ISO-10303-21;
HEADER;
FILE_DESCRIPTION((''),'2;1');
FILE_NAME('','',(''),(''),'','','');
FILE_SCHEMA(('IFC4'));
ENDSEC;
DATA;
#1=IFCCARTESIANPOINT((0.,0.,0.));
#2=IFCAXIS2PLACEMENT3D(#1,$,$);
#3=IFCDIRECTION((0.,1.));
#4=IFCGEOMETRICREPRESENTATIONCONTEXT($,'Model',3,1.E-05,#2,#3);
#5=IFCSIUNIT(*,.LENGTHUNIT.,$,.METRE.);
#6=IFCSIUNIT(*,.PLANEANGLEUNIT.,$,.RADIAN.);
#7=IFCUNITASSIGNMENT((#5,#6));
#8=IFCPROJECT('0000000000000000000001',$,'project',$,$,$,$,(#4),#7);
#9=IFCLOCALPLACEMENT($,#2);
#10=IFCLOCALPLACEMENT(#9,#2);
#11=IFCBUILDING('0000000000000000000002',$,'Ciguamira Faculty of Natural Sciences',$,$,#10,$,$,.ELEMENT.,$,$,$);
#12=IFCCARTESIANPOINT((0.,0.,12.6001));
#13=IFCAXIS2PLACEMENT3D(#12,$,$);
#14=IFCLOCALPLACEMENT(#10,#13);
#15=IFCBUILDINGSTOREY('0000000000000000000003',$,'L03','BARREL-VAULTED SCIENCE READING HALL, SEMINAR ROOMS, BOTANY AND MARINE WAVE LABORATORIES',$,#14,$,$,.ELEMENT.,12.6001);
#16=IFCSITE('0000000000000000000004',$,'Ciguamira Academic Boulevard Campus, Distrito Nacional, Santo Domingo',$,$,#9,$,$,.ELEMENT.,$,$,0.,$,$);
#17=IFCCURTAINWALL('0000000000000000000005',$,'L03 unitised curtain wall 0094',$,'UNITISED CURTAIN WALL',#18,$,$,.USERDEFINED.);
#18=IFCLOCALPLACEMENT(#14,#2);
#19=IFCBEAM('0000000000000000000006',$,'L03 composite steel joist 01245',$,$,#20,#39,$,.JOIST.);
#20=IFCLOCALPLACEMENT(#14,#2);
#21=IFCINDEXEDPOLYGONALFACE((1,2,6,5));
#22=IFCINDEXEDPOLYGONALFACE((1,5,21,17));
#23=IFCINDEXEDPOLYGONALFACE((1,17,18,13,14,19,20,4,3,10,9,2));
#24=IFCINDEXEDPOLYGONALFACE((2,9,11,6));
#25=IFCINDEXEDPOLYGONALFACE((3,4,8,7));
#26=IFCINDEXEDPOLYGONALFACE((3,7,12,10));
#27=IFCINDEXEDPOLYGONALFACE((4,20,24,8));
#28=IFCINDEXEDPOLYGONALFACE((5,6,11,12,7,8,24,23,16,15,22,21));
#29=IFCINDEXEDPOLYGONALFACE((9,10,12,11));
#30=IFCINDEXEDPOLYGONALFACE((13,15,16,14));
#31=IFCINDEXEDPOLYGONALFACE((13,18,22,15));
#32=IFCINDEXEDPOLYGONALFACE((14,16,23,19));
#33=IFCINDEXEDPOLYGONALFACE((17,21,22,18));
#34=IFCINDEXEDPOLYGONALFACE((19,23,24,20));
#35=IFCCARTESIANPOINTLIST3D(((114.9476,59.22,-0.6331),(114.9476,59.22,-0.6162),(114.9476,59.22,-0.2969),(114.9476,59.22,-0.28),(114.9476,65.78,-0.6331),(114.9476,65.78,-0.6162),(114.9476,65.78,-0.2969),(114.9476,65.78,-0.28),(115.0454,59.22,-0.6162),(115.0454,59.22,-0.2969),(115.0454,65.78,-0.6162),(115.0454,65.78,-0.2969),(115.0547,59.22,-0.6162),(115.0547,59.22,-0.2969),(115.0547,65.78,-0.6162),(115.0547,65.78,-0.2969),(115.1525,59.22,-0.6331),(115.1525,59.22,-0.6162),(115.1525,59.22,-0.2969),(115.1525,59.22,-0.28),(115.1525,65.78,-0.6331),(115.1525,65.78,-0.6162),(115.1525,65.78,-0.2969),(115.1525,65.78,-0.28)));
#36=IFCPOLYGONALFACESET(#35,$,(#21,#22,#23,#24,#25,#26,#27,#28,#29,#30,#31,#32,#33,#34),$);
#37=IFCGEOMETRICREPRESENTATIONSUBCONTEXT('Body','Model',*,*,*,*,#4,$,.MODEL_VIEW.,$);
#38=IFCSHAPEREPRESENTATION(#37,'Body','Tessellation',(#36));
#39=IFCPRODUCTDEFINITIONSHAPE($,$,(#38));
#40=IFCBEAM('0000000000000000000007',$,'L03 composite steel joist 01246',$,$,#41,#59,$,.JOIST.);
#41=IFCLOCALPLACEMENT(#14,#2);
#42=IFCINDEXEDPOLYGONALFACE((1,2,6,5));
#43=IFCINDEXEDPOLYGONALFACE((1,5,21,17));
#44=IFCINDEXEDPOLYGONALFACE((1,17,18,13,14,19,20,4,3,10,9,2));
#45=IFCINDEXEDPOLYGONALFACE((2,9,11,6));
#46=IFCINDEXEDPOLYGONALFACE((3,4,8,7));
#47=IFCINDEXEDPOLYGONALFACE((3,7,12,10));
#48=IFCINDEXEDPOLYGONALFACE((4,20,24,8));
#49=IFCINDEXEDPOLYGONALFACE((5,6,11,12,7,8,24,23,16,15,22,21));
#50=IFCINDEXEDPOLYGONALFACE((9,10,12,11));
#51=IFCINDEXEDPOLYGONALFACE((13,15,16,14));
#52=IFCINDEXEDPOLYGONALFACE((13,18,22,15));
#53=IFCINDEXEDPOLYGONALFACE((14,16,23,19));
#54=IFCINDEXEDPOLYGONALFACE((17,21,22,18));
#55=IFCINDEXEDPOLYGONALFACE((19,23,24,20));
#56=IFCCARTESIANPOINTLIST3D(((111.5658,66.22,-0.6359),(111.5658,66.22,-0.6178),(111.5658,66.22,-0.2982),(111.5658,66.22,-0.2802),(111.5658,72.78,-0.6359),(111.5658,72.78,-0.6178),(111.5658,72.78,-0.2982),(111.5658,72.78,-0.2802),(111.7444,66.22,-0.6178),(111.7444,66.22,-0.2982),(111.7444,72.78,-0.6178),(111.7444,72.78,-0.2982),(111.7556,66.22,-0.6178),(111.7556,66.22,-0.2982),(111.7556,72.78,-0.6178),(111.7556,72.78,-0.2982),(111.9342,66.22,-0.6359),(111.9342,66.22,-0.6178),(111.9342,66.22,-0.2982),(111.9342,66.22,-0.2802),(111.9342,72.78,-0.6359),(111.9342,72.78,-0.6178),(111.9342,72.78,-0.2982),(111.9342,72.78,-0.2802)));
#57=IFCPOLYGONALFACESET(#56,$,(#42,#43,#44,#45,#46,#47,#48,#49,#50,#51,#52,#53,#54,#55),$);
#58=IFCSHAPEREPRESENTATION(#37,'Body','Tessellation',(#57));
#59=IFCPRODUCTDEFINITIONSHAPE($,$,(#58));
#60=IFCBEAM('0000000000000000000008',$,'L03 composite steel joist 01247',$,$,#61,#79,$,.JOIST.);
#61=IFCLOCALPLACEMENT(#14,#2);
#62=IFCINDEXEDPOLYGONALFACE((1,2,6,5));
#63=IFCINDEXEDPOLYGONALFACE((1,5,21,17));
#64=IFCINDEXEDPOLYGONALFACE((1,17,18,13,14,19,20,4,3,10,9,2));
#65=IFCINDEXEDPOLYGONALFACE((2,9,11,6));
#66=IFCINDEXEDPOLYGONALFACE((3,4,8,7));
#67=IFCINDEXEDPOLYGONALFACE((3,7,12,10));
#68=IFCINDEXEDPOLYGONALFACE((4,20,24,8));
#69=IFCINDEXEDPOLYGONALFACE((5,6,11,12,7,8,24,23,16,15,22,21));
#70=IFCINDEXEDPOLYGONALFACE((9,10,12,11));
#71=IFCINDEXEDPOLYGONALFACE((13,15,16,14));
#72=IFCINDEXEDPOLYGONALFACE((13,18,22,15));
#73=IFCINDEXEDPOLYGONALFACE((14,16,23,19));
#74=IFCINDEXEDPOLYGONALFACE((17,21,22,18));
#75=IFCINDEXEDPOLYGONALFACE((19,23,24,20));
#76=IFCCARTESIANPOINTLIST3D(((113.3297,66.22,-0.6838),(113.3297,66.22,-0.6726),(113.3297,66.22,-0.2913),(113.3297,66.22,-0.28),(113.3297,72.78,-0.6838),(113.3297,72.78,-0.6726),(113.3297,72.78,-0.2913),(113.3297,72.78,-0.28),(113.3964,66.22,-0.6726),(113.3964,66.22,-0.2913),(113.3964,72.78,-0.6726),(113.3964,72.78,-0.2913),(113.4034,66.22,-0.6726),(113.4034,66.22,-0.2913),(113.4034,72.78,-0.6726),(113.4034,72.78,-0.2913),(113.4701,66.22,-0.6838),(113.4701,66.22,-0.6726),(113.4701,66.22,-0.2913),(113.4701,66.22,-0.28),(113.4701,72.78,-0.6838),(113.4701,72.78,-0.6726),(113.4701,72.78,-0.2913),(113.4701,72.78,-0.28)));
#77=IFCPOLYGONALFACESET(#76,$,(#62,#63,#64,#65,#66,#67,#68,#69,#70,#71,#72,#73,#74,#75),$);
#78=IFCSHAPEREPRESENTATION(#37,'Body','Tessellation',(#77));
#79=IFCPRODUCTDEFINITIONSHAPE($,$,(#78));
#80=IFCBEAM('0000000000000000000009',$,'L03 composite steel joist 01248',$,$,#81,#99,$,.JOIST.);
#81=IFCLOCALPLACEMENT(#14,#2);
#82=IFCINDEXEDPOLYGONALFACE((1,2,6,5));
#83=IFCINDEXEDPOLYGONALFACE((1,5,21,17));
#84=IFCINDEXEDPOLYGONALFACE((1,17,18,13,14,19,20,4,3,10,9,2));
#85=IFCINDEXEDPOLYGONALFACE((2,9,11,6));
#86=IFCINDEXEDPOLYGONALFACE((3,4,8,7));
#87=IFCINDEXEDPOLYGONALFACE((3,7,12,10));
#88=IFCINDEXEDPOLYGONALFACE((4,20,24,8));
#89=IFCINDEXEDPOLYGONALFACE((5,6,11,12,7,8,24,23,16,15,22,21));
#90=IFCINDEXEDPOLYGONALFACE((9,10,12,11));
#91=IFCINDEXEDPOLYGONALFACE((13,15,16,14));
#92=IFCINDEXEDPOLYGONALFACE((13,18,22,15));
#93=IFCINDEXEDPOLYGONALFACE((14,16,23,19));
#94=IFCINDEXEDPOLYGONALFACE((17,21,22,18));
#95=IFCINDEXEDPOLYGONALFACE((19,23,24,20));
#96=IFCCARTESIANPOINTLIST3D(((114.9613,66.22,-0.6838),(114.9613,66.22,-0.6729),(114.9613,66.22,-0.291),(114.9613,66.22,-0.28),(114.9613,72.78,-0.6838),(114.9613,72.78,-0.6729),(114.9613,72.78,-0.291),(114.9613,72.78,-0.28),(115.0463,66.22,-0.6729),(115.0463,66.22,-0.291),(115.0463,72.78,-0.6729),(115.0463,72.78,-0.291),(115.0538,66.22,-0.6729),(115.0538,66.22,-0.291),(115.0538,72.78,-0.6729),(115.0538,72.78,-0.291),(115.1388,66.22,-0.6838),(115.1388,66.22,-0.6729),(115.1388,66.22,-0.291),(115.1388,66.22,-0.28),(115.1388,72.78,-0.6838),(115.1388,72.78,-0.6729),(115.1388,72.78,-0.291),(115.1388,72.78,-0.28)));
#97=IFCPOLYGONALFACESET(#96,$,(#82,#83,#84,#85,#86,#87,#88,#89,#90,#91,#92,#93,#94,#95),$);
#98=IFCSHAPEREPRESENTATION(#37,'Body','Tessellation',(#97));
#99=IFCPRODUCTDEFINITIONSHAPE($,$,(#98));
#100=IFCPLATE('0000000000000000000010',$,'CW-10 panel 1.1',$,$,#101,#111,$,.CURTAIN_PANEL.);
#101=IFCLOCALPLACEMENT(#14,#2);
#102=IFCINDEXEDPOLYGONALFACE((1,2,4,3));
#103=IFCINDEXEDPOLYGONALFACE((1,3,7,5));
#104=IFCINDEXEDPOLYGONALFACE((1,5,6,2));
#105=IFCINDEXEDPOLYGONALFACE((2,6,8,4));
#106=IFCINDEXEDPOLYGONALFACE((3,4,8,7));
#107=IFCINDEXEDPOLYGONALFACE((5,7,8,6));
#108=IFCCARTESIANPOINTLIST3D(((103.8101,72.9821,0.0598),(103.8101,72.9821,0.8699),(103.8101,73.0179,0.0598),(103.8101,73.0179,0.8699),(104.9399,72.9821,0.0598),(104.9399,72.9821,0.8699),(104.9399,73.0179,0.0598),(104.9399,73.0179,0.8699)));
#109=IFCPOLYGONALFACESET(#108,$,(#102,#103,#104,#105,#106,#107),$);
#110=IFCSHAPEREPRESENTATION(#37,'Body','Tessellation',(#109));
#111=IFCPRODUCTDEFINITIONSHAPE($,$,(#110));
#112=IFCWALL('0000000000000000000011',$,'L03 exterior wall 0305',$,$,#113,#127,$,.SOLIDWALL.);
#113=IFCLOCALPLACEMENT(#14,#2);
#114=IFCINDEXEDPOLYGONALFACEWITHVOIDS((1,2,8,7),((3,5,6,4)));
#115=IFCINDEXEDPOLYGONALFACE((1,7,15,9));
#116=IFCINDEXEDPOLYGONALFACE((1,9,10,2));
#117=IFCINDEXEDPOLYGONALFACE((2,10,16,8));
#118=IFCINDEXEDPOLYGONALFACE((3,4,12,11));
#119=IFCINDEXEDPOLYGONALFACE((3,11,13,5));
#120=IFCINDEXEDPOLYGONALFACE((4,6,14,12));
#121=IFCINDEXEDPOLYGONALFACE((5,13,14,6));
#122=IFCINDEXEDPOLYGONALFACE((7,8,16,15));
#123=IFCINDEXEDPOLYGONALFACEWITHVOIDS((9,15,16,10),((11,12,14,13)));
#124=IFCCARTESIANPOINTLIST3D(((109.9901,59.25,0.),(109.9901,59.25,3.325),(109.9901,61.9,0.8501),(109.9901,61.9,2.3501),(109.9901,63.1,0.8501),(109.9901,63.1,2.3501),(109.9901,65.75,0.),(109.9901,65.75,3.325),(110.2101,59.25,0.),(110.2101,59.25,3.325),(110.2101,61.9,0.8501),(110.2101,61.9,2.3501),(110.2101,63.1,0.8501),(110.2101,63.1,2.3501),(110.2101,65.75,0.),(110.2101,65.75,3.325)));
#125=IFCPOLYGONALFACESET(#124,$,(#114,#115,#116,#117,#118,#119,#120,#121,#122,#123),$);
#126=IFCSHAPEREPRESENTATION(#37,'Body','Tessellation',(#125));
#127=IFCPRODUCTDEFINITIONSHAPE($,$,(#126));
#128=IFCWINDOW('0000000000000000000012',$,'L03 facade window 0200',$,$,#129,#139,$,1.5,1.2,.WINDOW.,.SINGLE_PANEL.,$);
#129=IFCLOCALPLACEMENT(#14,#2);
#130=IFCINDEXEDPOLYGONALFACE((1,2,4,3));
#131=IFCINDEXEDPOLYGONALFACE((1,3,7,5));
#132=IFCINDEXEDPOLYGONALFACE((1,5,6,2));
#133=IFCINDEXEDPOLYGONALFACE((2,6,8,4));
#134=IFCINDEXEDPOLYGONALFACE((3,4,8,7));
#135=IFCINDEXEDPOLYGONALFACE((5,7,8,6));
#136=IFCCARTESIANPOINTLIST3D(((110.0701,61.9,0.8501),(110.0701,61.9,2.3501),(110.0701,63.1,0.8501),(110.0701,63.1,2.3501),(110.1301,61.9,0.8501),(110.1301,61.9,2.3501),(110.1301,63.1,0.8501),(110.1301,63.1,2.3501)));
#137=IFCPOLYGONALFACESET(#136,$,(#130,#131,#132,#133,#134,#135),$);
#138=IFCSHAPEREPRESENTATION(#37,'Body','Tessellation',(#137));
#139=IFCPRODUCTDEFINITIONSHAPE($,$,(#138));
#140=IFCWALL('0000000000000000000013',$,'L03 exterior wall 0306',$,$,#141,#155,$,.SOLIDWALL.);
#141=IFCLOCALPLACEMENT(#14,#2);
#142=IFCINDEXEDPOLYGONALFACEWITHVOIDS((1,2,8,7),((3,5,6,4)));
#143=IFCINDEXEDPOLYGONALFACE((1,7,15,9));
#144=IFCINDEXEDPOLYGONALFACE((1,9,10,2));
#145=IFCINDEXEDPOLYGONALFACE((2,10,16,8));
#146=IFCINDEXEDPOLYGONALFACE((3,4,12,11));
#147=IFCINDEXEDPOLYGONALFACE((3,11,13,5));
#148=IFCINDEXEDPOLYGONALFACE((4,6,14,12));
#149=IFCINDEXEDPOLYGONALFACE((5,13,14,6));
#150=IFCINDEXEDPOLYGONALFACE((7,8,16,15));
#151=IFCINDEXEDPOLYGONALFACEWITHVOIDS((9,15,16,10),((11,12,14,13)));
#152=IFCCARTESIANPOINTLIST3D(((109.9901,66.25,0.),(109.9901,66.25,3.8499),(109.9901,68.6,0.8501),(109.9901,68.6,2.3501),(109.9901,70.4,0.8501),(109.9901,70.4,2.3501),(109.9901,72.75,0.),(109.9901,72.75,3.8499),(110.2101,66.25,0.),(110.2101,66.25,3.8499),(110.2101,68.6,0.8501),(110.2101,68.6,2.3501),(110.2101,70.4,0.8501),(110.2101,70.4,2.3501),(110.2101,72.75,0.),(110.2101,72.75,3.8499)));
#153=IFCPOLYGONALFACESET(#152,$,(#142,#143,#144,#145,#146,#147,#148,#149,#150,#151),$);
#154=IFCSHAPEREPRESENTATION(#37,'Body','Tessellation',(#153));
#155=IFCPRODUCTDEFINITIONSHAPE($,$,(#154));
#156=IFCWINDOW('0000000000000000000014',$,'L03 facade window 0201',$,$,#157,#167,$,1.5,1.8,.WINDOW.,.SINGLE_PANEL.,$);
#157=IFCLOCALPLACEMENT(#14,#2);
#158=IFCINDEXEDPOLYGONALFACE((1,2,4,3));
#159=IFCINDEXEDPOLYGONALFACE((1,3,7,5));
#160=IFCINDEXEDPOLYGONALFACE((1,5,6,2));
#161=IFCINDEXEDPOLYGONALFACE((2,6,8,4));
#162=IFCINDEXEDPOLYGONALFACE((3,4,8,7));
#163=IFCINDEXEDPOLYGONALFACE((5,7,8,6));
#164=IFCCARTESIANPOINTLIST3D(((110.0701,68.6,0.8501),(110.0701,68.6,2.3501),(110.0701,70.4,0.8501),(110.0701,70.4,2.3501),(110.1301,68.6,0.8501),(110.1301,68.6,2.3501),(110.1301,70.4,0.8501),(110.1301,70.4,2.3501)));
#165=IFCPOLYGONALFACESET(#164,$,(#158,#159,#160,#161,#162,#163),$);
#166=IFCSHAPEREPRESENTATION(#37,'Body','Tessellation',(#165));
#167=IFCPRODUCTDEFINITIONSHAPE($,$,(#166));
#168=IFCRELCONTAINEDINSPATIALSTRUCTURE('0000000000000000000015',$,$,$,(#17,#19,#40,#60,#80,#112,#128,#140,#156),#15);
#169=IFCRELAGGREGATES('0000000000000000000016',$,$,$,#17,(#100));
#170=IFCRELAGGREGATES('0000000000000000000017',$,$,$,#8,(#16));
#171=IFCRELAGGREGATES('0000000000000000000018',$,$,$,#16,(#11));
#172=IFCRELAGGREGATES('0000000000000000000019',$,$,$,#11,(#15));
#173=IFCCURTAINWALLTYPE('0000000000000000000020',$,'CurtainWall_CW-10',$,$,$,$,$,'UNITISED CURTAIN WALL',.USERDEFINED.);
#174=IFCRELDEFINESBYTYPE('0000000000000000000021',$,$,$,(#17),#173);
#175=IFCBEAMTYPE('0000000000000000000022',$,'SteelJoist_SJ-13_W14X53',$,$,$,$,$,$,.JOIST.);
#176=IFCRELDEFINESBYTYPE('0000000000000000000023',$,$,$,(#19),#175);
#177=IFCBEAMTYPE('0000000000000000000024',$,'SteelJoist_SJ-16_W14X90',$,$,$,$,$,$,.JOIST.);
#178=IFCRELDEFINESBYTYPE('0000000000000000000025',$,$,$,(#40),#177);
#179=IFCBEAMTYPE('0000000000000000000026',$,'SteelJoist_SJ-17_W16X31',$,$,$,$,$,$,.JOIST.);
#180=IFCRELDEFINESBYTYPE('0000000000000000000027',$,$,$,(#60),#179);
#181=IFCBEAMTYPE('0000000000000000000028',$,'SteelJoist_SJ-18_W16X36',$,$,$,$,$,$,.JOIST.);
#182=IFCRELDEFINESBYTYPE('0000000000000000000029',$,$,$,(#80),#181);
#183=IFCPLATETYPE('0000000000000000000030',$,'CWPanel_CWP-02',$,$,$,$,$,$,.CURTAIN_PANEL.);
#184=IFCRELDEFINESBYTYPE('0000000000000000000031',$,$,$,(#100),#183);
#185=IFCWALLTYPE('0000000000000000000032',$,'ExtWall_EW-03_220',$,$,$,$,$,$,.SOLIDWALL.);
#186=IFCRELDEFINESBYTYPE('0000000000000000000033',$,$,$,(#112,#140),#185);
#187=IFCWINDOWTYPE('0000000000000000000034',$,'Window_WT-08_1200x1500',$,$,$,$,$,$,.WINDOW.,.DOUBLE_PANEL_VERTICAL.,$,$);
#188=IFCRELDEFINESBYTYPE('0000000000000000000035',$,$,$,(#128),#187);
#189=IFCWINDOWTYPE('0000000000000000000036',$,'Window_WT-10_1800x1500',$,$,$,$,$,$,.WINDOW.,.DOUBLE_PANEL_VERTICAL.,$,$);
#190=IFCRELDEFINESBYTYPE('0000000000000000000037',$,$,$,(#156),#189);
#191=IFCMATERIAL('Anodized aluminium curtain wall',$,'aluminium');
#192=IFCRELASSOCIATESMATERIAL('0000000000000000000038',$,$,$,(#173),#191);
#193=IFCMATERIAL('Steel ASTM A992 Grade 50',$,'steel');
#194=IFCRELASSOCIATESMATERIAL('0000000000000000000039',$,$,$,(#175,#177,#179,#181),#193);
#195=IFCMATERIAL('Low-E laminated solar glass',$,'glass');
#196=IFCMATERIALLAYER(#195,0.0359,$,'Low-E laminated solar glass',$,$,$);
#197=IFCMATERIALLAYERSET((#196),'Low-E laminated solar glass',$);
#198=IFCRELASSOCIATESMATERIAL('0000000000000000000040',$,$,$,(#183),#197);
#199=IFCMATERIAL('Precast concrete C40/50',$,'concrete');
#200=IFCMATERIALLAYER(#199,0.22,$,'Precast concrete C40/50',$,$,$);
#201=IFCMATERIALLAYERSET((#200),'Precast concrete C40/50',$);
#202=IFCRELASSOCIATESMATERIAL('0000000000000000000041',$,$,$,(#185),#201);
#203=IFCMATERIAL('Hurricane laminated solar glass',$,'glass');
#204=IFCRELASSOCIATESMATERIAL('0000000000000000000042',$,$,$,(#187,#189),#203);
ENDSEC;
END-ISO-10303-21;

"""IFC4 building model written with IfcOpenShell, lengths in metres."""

from ifc_helpers import new_model, si_unit, direction, frame, frame_2d, origin, origin_2d, place, context, subcontext, project, spatial, rectangle, i_section, extrude, material, layer, layer_set, material_profile, profile_set, type_object, element, fill, aggregate, save


model = new_model("IFC4")

# Units and contexts
model_context = context("Model", 3, precision=1e-05, world=origin(), true_north=direction((0.0, 1.0)))
body_context = subcontext(model_context, "Body", "Model", "MODEL_VIEW")
ifc_project = project(units=[si_unit("LENGTHUNIT", "METRE"), si_unit("PLANEANGLEUNIT", "RADIAN")], contexts=[model_context])

# Site, building, storey
site_placement = place(None, origin())
site = spatial("IfcSite", under=ifc_project, at=site_placement, Name="Ciguamira Academic Boulevard Campus, Distrito Nacional, Santo Domingo", CompositionType="ELEMENT", RefElevation=0.0)
building_placement = place(site_placement, origin())
building = spatial("IfcBuilding", under=site, at=building_placement, Name="Ciguamira Faculty of Natural Sciences", CompositionType="ELEMENT")
storey_placement = place(building_placement, frame((0.0, 0.0, 12.6001)))
storey = spatial("IfcBuildingStorey", under=building, at=storey_placement, Name="L03", Description="BARREL-VAULTED SCIENCE READING HALL, SEMINAR ROOMS, BOTANY AND MARINE WAVE LABORATORIES", CompositionType="ELEMENT", Elevation=12.6001)

# Curtain wall
ifc_material_1 = material(Name="Anodized aluminium curtain wall", Category="aluminium")
curtain_wall_type = type_object("IfcCurtainWallType", Name="CurtainWall_CW-10", ElementType="UNITISED CURTAIN WALL", PredefinedType="USERDEFINED", material=ifc_material_1)
curtain_wall_placement = place(storey_placement, origin())
curtain_wall = element("IfcCurtainWall", 1, at=curtain_wall_placement, inside=storey, type_object=curtain_wall_type, Name="L03 unitised curtain wall 0094", ObjectType="UNITISED CURTAIN WALL", PredefinedType="USERDEFINED")

# Beams
ifc_material_2 = material(Name="Precast concrete C40/50", Category="concrete")
ifc_material_3 = material(Name="Steel ASTM A992 Grade 50", Category="steel")
ifc_material_profile_1 = material_profile(ifc_material_3, i_section(OverallWidth=0.2048, OverallDepth=0.353, WebThickness=0.0093, FlangeThickness=0.0168, at=origin_2d()), Name="W14X53")
ifc_profile_set_1 = profile_set([ifc_material_profile_1], Name="Steel ASTM A992 Grade 50")
beam_type_1 = type_object("IfcBeamType", Name="SteelJoist_SJ-13_W14X53", PredefinedType="JOIST", material=ifc_profile_set_1)
beam_1_placement = place(storey_placement, frame((115.05, 59.22, -0.4565), z_axis=(0.0, 1.0, 0.0), x_axis=(-1.0, 0.0, 0.0)))
element("IfcBeam", 2, at=beam_1_placement, inside=storey, type_object=beam_type_1, Name="L03 composite steel joist 01245", PredefinedType="JOIST", context=body_context, shape_type="SweptSolid", body=[
    extrude(i_section(OverallWidth=0.2048, OverallDepth=0.353, WebThickness=0.0093, FlangeThickness=0.0168, at=origin_2d()), origin(), (0.0, 0.0, 1.0), 6.5601),
])
ifc_material_profile_2 = material_profile(ifc_material_3, i_section(OverallWidth=0.3684, OverallDepth=0.3557, WebThickness=0.0112, FlangeThickness=0.0181, at=origin_2d()), Name="W14X90")
ifc_profile_set_2 = profile_set([ifc_material_profile_2], Name="Steel ASTM A992 Grade 50")
beam_type_2 = type_object("IfcBeamType", Name="SteelJoist_SJ-16_W14X90", PredefinedType="JOIST", material=ifc_profile_set_2)
beam_2_placement = place(storey_placement, frame((111.75, 66.22, -0.458), z_axis=(0.0, 1.0, 0.0), x_axis=(-1.0, 0.0, 0.0)))
element("IfcBeam", 3, at=beam_2_placement, inside=storey, type_object=beam_type_2, Name="L03 composite steel joist 01246", PredefinedType="JOIST", context=body_context, shape_type="SweptSolid", body=[
    extrude(i_section(OverallWidth=0.3684, OverallDepth=0.3557, WebThickness=0.0112, FlangeThickness=0.0181, at=origin_2d()), origin(), (0.0, 0.0, 1.0), 6.5601),
])
ifc_material_profile_3 = material_profile(ifc_material_3, i_section(OverallWidth=0.1404, OverallDepth=0.4038, WebThickness=0.0071, FlangeThickness=0.0112, at=origin_2d()), Name="W16X31")
ifc_profile_set_3 = profile_set([ifc_material_profile_3], Name="Steel ASTM A992 Grade 50")
beam_type_3 = type_object("IfcBeamType", Name="SteelJoist_SJ-17_W16X31", PredefinedType="JOIST", material=ifc_profile_set_3)
beam_3_placement = place(storey_placement, frame((113.3999, 66.22, -0.4819), z_axis=(0.0, 1.0, 0.0), x_axis=(-1.0, 0.0, 0.0)))
element("IfcBeam", 4, at=beam_3_placement, inside=storey, type_object=beam_type_3, Name="L03 composite steel joist 01247", PredefinedType="JOIST", context=body_context, shape_type="SweptSolid", body=[
    extrude(i_section(OverallWidth=0.1404, OverallDepth=0.4038, WebThickness=0.0071, FlangeThickness=0.0112, at=origin_2d()), origin(), (0.0, 0.0, 1.0), 6.5601),
])
ifc_material_profile_4 = material_profile(ifc_material_3, i_section(OverallWidth=0.1775, OverallDepth=0.4038, WebThickness=0.0076, FlangeThickness=0.011, at=origin_2d()), Name="W16X36")
ifc_profile_set_4 = profile_set([ifc_material_profile_4], Name="Steel ASTM A992 Grade 50")
beam_type_4 = type_object("IfcBeamType", Name="SteelJoist_SJ-18_W16X36", PredefinedType="JOIST", material=ifc_profile_set_4)
beam_4_placement = place(storey_placement, frame((115.05, 66.22, -0.4819), z_axis=(0.0, 1.0, 0.0), x_axis=(-1.0, 0.0, 0.0)))
element("IfcBeam", 5, at=beam_4_placement, inside=storey, type_object=beam_type_4, Name="L03 composite steel joist 01248", PredefinedType="JOIST", context=body_context, shape_type="SweptSolid", body=[
    extrude(i_section(OverallWidth=0.1775, OverallDepth=0.4038, WebThickness=0.0076, FlangeThickness=0.011, at=origin_2d()), origin(), (0.0, 0.0, 1.0), 6.5601),
])

# Plate
ifc_material_4 = material(Name="Low-E laminated solar glass", Category="glass")
ifc_layer_1 = layer(ifc_material_4, 0.0359, Name="Low-E laminated solar glass")
ifc_layer_set_1 = layer_set([ifc_layer_1], Name="Low-E laminated solar glass")
plate_type = type_object("IfcPlateType", Name="CWPanel_CWP-02", PredefinedType="CURTAIN_PANEL", material=ifc_layer_set_1)
plate_placement = place(storey_placement, frame((104.375, 73.0, 0.0598), z_axis=(0.0, 0.0, 1.0), x_axis=(1.0, 0.0, 0.0)))
plate = element("IfcPlate", 6, at=plate_placement, type_object=plate_type, Name="CW-10 panel 1.1", PredefinedType="CURTAIN_PANEL", context=body_context, shape_type="SweptSolid", body=[
    extrude(rectangle(XDim=1.1299, YDim=0.0359, at=origin_2d()), origin(), (0.0, 0.0, 1.0), 0.8101),
])
aggregate(curtain_wall, [plate])

# Walls, openings, windows
ifc_layer_2 = layer(ifc_material_2, 0.22, Name="Precast concrete C40/50")
ifc_layer_set_2 = layer_set([ifc_layer_2], Name="Precast concrete C40/50")
wall_type = type_object("IfcWallType", Name="ExtWall_EW-03_220", PredefinedType="SOLIDWALL", material=ifc_layer_set_2)
wall_1_placement = place(storey_placement, frame((110.1001, 59.25, 0.0), z_axis=(0.0, 0.0, 1.0), x_axis=(0.0, 1.0, 0.0)))
wall_1 = element("IfcWall", 7, at=wall_1_placement, inside=storey, type_object=wall_type, Name="L03 exterior wall 0305", PredefinedType="SOLIDWALL", context=body_context, shape_type="SweptSolid", body=[
    extrude(rectangle(XDim=6.5, YDim=0.22, at=frame_2d((3.25, 0.0))), origin(), (0.0, 0.0, 1.0), 3.325),
])
opening_1_placement = place(wall_1_placement, frame((2.6499, 0.0, 0.8501)))
opening_1 = element("IfcOpeningElement", 8, at=opening_1_placement, cuts=wall_1, PredefinedType="OPENING", context=body_context, shape_type="SweptSolid", body=[
    extrude(rectangle(XDim=1.2, YDim=1.5, at=frame_2d((0.6001, 0.75))), frame((0.0, 0.1199, 0.0), z_axis=(0.0, -1.0, 0.0), x_axis=(1.0, 0.0, 0.0)), (0.0, 0.0, 1.0), 0.24),
])
ifc_material_5 = material(Name="Hurricane laminated solar glass", Category="glass")
window_type_1 = type_object("IfcWindowType", Name="Window_WT-08_1200x1500", PartitioningType="DOUBLE_PANEL_VERTICAL", PredefinedType="WINDOW", material=ifc_material_5)
window_1_placement = place(opening_1_placement, origin())
window_1 = element("IfcWindow", 9, at=window_1_placement, inside=storey, type_object=window_type_1, Name="L03 facade window 0200", OverallHeight=1.5, OverallWidth=1.2, PartitioningType="SINGLE_PANEL", PredefinedType="WINDOW", context=body_context, shape_type="SweptSolid", body=[
    extrude(rectangle(XDim=1.2, YDim=1.5, at=frame_2d((0.6001, 0.75))), frame((0.0, 0.03, 0.0), z_axis=(0.0, -1.0, 0.0), x_axis=(1.0, 0.0, 0.0)), (0.0, 0.0, 1.0), 0.0601),
])
fill(opening_1, window_1)
wall_2_placement = place(storey_placement, frame((110.1001, 66.25, 0.0), z_axis=(0.0, 0.0, 1.0), x_axis=(0.0, 1.0, 0.0)))
wall_2 = element("IfcWall", 10, at=wall_2_placement, inside=storey, type_object=wall_type, Name="L03 exterior wall 0306", PredefinedType="SOLIDWALL", context=body_context, shape_type="SweptSolid", body=[
    extrude(rectangle(XDim=6.5, YDim=0.22, at=frame_2d((3.25, 0.0))), origin(), (0.0, 0.0, 1.0), 3.8499),
])
opening_2_placement = place(wall_2_placement, frame((2.3501, 0.0, 0.8501)))
opening_2 = element("IfcOpeningElement", 11, at=opening_2_placement, cuts=wall_2, PredefinedType="OPENING", context=body_context, shape_type="SweptSolid", body=[
    extrude(rectangle(XDim=1.8, YDim=1.5, at=frame_2d((0.8999, 0.75))), frame((0.0, 0.1199, 0.0), z_axis=(0.0, -1.0, 0.0), x_axis=(1.0, 0.0, 0.0)), (0.0, 0.0, 1.0), 0.24),
])
window_type_2 = type_object("IfcWindowType", Name="Window_WT-10_1800x1500", PartitioningType="DOUBLE_PANEL_VERTICAL", PredefinedType="WINDOW", material=ifc_material_5)
window_2_placement = place(opening_2_placement, origin())
window_2 = element("IfcWindow", 12, at=window_2_placement, inside=storey, type_object=window_type_2, Name="L03 facade window 0201", OverallHeight=1.5, OverallWidth=1.8, PartitioningType="SINGLE_PANEL", PredefinedType="WINDOW", context=body_context, shape_type="SweptSolid", body=[
    extrude(rectangle(XDim=1.8, YDim=1.5, at=frame_2d((0.8999, 0.75))), frame((0.0, 0.03, 0.0), z_axis=(0.0, -1.0, 0.0), x_axis=(1.0, 0.0, 0.0)), (0.0, 0.0, 1.0), 0.0601),
])
fill(opening_2, window_2)

save(model, "model.ifc")
